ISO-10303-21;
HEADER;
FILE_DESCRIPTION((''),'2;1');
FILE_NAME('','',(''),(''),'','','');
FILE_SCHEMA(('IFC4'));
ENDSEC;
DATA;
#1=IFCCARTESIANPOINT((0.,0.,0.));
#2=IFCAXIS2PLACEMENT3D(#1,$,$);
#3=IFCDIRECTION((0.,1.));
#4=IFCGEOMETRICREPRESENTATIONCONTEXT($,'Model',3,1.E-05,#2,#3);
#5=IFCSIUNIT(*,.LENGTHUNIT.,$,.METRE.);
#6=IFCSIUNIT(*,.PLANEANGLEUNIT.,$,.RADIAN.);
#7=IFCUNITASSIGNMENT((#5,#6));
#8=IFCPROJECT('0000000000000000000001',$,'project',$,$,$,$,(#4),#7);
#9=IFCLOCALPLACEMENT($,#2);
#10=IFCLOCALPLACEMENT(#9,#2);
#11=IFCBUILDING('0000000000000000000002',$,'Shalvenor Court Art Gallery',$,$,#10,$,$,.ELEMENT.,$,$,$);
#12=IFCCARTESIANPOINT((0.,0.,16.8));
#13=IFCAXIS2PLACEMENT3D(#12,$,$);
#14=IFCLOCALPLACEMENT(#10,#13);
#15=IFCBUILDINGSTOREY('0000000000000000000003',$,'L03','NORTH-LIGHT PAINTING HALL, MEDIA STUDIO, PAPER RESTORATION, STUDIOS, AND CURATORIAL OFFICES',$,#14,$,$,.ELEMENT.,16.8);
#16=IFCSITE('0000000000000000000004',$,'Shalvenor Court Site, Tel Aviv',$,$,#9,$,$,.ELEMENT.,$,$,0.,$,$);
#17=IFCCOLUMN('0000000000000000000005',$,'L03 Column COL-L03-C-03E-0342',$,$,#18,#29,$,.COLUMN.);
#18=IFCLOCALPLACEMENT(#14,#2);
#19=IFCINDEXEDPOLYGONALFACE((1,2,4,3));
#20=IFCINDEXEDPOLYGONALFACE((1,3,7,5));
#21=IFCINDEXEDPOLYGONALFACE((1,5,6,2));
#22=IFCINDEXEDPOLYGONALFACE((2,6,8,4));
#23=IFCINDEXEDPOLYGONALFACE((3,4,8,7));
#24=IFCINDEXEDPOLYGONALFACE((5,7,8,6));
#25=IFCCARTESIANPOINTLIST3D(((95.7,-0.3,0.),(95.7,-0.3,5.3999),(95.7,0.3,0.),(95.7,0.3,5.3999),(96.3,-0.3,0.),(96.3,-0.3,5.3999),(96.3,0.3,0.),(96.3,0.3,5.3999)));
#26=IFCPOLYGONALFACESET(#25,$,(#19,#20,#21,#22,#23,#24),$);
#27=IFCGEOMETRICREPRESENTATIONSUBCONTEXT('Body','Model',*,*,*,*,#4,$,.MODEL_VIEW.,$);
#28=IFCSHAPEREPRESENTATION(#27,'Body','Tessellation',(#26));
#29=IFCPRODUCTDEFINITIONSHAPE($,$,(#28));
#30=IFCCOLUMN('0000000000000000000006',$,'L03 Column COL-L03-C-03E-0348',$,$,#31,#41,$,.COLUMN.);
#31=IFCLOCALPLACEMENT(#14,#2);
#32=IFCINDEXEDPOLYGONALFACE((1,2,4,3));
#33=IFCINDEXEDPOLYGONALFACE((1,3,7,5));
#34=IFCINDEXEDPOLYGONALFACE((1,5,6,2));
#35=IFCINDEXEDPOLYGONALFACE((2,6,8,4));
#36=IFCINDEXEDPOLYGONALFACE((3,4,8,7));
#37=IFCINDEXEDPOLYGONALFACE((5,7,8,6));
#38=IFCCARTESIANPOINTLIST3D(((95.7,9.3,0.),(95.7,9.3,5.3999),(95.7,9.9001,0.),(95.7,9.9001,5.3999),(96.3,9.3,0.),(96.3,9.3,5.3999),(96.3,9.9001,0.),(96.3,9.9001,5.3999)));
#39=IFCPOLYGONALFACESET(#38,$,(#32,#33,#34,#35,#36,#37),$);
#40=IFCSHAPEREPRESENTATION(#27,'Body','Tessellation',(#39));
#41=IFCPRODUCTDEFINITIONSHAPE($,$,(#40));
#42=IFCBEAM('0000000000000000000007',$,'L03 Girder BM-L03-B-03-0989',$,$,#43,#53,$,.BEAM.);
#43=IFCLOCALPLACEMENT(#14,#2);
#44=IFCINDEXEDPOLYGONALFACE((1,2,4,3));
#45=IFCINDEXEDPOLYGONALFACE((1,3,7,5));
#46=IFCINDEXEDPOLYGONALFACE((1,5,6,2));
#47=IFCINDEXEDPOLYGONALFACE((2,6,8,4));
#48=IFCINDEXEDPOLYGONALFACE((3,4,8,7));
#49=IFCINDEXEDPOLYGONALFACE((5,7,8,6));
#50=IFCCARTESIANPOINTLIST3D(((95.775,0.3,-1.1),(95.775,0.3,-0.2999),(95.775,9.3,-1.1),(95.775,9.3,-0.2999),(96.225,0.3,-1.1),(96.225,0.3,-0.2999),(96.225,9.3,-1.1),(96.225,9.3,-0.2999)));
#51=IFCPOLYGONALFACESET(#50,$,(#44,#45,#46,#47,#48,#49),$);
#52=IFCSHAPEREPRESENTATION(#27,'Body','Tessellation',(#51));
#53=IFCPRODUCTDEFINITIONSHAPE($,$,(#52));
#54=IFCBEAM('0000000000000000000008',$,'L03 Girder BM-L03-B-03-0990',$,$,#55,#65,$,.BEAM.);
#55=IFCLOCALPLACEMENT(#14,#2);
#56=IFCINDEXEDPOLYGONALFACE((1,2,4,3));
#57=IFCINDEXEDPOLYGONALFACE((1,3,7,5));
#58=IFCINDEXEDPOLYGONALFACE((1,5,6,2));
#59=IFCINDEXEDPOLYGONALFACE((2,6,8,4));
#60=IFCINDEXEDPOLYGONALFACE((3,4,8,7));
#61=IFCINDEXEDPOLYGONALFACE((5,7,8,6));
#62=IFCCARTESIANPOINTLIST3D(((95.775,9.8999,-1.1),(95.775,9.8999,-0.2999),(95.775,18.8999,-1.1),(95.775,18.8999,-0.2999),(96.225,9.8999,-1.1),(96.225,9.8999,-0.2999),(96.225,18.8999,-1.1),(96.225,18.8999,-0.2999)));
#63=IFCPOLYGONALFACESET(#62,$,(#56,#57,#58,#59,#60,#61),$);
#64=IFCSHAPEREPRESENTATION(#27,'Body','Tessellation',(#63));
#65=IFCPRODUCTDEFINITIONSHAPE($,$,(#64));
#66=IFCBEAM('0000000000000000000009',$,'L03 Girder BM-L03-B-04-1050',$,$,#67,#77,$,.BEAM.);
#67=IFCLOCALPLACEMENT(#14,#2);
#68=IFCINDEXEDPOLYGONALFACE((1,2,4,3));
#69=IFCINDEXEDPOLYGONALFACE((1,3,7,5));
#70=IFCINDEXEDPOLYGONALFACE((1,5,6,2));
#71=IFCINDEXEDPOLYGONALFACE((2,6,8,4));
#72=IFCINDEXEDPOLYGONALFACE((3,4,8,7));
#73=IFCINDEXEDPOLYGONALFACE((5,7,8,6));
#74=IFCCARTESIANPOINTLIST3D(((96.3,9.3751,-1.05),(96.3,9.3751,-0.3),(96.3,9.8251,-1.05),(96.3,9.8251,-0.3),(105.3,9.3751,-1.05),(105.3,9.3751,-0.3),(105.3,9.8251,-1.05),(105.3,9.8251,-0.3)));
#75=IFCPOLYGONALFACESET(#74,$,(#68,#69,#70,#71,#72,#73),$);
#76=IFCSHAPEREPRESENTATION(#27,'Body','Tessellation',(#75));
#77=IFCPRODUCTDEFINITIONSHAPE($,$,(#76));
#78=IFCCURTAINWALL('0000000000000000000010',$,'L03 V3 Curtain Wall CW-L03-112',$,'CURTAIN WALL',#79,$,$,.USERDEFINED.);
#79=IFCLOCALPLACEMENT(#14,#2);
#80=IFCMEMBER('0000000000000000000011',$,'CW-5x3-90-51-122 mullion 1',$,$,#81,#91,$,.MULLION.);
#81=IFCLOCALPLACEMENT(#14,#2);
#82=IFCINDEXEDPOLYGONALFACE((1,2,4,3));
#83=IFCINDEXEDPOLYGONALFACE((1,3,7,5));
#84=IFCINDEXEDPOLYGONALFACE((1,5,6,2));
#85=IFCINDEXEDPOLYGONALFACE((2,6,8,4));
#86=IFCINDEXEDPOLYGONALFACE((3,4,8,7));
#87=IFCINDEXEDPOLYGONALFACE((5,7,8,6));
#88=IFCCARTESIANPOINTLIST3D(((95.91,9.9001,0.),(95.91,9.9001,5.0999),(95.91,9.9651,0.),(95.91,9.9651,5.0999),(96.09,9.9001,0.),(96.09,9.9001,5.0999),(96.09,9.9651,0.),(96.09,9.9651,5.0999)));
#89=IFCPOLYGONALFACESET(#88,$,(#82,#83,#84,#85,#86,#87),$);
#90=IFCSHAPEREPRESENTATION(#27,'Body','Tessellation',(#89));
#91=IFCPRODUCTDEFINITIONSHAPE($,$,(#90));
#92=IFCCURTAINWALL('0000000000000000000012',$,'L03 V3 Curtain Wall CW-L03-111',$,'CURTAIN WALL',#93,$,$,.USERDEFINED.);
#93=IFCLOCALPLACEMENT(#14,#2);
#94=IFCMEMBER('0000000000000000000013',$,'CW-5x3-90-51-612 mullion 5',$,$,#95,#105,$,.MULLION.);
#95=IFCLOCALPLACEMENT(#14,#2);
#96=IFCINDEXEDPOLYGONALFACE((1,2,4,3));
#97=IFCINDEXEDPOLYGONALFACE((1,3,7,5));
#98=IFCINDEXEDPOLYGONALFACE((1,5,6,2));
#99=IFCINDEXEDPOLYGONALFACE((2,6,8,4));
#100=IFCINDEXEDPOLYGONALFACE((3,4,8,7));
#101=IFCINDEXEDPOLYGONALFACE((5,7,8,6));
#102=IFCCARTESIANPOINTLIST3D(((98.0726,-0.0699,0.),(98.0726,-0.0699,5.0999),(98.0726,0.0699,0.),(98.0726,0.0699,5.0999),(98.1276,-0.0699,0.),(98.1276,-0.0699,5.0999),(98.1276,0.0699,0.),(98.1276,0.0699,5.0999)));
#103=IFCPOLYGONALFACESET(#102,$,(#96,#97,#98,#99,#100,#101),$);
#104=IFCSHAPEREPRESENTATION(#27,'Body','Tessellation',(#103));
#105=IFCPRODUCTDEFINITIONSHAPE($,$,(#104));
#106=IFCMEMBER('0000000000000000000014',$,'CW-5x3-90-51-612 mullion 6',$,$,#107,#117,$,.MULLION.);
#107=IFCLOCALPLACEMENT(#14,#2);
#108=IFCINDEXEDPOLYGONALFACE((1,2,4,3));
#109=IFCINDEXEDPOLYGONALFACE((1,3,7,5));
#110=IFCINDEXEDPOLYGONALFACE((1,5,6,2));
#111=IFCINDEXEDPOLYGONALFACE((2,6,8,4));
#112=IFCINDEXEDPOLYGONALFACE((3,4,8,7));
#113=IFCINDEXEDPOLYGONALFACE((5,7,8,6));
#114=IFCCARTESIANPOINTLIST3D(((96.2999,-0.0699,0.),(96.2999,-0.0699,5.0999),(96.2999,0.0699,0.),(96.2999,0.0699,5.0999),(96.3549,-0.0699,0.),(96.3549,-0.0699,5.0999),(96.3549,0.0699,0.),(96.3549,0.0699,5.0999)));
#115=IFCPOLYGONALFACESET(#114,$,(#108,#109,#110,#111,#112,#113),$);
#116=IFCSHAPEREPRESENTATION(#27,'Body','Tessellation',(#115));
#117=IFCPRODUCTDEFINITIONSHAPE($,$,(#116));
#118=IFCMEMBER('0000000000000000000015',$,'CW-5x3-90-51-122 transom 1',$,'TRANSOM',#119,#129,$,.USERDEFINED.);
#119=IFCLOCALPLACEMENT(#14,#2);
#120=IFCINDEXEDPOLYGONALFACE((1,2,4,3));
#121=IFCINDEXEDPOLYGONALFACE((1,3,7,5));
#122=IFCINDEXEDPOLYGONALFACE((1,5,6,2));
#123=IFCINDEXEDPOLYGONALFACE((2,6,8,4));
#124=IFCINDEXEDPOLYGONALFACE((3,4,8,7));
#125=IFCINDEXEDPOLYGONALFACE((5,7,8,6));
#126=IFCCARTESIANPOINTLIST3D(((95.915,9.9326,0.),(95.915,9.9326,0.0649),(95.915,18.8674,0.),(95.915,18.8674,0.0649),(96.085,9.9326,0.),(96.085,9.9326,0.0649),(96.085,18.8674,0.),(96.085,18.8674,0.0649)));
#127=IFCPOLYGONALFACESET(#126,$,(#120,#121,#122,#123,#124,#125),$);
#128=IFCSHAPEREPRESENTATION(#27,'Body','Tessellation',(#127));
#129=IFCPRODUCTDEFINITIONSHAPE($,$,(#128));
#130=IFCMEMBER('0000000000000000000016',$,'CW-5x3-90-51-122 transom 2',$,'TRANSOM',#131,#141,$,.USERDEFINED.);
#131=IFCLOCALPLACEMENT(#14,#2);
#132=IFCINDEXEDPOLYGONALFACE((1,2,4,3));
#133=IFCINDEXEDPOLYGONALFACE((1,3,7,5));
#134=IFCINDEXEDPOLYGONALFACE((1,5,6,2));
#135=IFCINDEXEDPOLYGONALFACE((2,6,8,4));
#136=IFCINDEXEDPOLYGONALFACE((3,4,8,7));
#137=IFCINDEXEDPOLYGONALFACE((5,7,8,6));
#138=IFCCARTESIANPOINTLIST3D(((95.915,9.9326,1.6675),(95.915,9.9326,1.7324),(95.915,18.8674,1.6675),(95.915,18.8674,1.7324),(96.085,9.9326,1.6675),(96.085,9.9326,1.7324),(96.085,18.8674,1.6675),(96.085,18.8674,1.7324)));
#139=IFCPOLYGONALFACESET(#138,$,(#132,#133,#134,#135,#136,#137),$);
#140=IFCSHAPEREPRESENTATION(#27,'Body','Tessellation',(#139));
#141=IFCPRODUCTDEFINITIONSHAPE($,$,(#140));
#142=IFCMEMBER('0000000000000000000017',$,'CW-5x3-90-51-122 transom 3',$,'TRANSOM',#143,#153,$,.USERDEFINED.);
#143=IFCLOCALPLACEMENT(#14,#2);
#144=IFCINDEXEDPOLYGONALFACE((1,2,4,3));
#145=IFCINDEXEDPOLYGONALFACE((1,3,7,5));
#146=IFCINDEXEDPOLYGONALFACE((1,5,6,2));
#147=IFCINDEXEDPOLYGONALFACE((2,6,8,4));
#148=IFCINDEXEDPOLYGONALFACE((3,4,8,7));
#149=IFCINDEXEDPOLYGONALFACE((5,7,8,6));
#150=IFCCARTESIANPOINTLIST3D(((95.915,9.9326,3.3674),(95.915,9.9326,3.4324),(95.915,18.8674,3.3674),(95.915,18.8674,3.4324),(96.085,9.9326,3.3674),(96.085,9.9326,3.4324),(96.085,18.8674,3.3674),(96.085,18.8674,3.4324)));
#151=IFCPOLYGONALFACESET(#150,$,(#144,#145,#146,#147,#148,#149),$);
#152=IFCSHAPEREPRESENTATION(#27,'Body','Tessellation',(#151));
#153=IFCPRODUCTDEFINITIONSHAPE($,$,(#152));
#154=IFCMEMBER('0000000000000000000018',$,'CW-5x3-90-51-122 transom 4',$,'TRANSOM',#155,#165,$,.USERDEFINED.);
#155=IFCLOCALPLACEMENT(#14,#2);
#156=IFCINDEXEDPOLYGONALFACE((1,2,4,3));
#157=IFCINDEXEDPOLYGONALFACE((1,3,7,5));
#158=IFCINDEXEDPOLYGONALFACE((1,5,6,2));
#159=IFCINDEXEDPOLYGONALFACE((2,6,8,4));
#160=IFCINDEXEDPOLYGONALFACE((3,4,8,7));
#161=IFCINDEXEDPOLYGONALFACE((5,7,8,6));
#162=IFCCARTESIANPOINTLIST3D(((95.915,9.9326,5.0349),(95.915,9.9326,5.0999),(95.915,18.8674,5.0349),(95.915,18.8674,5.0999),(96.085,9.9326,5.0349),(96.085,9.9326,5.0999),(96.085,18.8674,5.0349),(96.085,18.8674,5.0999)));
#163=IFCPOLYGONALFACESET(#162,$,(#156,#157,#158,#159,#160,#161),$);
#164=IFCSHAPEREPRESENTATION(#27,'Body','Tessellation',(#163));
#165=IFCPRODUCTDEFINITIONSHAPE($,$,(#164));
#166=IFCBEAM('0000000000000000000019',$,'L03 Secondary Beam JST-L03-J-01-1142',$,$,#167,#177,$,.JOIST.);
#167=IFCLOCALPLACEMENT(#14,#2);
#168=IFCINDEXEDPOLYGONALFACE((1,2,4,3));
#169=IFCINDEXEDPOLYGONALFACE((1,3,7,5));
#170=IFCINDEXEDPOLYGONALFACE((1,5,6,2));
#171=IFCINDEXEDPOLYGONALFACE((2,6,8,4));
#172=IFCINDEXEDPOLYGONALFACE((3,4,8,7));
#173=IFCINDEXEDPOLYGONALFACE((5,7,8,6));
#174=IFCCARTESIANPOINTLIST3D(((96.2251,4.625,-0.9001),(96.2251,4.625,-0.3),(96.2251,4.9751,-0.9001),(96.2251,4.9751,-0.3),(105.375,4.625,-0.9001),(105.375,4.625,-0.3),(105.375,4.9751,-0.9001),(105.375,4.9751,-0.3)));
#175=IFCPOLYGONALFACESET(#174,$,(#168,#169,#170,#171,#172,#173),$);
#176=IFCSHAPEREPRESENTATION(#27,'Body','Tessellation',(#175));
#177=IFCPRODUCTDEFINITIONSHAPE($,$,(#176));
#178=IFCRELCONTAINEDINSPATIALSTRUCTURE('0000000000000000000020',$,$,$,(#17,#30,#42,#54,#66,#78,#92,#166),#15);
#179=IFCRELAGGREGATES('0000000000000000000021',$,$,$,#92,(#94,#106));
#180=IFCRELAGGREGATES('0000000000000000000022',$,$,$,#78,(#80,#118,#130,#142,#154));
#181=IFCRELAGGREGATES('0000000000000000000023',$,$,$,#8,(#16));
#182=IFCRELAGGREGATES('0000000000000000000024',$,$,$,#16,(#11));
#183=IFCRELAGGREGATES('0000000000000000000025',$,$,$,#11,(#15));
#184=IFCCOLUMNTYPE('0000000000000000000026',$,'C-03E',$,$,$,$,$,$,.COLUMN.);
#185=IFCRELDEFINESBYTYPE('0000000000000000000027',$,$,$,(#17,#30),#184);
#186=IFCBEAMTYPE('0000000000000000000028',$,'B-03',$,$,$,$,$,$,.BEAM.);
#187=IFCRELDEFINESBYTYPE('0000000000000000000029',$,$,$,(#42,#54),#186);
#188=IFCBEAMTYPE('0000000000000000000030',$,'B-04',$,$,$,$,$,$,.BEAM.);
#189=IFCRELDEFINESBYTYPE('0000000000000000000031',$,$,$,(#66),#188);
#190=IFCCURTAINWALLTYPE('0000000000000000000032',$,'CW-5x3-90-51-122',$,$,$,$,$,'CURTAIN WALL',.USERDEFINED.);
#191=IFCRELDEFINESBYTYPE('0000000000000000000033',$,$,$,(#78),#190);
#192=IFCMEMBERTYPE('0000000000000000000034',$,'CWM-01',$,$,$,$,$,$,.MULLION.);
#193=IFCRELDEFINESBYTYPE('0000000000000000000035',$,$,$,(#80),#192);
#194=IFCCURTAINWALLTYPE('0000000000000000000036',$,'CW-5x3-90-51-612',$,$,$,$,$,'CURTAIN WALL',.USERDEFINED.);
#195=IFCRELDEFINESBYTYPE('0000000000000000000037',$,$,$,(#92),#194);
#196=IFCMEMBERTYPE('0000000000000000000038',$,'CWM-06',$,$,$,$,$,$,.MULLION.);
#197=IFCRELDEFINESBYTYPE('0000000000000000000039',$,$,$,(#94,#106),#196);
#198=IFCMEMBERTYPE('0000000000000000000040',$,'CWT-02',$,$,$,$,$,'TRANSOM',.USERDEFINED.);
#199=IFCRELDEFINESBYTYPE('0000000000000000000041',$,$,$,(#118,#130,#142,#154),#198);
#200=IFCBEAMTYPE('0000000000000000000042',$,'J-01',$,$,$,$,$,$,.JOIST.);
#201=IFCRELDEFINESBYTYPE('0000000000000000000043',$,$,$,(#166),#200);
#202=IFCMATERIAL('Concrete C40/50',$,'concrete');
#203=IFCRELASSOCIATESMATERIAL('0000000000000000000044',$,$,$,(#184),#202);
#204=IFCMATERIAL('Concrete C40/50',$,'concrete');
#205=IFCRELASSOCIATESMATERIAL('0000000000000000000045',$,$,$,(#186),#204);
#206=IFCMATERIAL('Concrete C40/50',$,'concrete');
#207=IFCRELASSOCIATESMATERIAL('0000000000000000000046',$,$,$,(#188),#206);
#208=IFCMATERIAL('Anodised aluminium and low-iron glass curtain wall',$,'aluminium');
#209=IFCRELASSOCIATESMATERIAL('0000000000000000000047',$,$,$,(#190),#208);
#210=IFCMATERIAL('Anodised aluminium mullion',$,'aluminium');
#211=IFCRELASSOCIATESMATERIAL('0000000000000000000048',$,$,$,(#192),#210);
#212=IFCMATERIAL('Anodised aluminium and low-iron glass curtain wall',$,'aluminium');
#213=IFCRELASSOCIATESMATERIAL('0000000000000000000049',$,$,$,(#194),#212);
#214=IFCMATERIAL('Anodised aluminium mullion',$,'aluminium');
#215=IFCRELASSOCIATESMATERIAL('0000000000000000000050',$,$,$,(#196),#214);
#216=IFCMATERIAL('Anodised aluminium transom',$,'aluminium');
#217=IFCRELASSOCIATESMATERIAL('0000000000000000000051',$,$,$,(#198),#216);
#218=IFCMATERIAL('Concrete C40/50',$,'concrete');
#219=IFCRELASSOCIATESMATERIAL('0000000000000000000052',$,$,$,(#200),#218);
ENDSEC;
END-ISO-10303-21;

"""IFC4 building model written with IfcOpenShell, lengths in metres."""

from ifc_helpers import new_model, si_unit, direction, frame, origin, origin_2d, place, context, subcontext, project, spatial, rectangle, extrude, material, material_profile, profile_set, type_object, element, aggregate, save


model = new_model("IFC4")

# Units and contexts
model_context = context("Model", 3, precision=1e-05, world=origin(), true_north=direction((0.0, 1.0)))
body_context = subcontext(model_context, "Body", "Model", "MODEL_VIEW")
ifc_project = project(units=[si_unit("LENGTHUNIT", "METRE"), si_unit("PLANEANGLEUNIT", "RADIAN")], contexts=[model_context])

# Site, building, storey
site_placement = place(None, origin())
site = spatial("IfcSite", under=ifc_project, at=site_placement, Name="Shalvenor Court Site, Tel Aviv", CompositionType="ELEMENT", RefElevation=0.0)
building_placement = place(site_placement, origin())
building = spatial("IfcBuilding", under=site, at=building_placement, Name="Shalvenor Court Art Gallery", CompositionType="ELEMENT")
storey_placement = place(building_placement, frame((0.0, 0.0, 16.8)))
storey = spatial("IfcBuildingStorey", under=building, at=storey_placement, Name="L03", Description="NORTH-LIGHT PAINTING HALL, MEDIA STUDIO, PAPER RESTORATION, STUDIOS, AND CURATORIAL OFFICES", CompositionType="ELEMENT", Elevation=16.8)

# Columns
ifc_material_1 = material(Name="Concrete C40/50", Category="concrete")
ifc_material_profile_1 = material_profile(ifc_material_1, rectangle(XDim=0.6001, YDim=0.6001, at=origin_2d()), Name="RC 600x600")
ifc_profile_set_1 = profile_set([ifc_material_profile_1], Name="Concrete C40/50")
column_type = type_object("IfcColumnType", Name="C-03E", PredefinedType="COLUMN", material=ifc_profile_set_1)
for number, where, z_axis, x_axis, name in (
    (1, (96.0, 0.0, 0.0), (0.0, 0.0, 1.0), (1.0, 0.0, 0.0), "L03 Column COL-L03-C-03E-0342"),
    (2, (96.0, 9.6001, 0.0), (0.0, 0.0, 1.0), (1.0, 0.0, 0.0), "L03 Column COL-L03-C-03E-0348"),
):
    element("IfcColumn", number, at=place(storey_placement, frame(where, z_axis=z_axis, x_axis=x_axis)), inside=storey, type_object=column_type, Name=name, PredefinedType="COLUMN", context=body_context, shape_type="SweptSolid", body=[
        extrude(rectangle(XDim=0.6001, YDim=0.6001, at=origin_2d()), origin(), (0.0, 0.0, 1.0), 5.3999),
    ])

# Beams
ifc_material_2 = material(Name="Concrete C40/50", Category="concrete")
ifc_material_profile_2 = material_profile(ifc_material_2, rectangle(XDim=0.45, YDim=0.8, at=origin_2d()), Name="RC 450x800")
ifc_profile_set_2 = profile_set([ifc_material_profile_2], Name="Concrete C40/50")
beam_type_1 = type_object("IfcBeamType", Name="B-03", PredefinedType="BEAM", material=ifc_profile_set_2)
for number, where, z_axis, x_axis, name in (
    (3, (96.0, 0.3, -0.7), (0.0, 1.0, 0.0), (-1.0, 0.0, 0.0), "L03 Girder BM-L03-B-03-0989"),
    (4, (96.0, 9.8999, -0.7), (0.0, 1.0, 0.0), (-1.0, 0.0, 0.0), "L03 Girder BM-L03-B-03-0990"),
):
    element("IfcBeam", number, at=place(storey_placement, frame(where, z_axis=z_axis, x_axis=x_axis)), inside=storey, type_object=beam_type_1, Name=name, PredefinedType="BEAM", context=body_context, shape_type="SweptSolid", body=[
        extrude(rectangle(XDim=0.45, YDim=0.8, at=origin_2d()), origin(), (0.0, 0.0, 1.0), 9.0),
    ])
ifc_material_3 = material(Name="Concrete C40/50", Category="concrete")
ifc_material_profile_3 = material_profile(ifc_material_3, rectangle(XDim=0.45, YDim=0.75, at=origin_2d()), Name="RC 450x750")
ifc_profile_set_3 = profile_set([ifc_material_profile_3], Name="Concrete C40/50")
beam_type_2 = type_object("IfcBeamType", Name="B-04", PredefinedType="BEAM", material=ifc_profile_set_3)
beam_1_placement = place(storey_placement, frame((96.3, 9.6001, -0.675), z_axis=(1.0, 0.0, 0.0), x_axis=(0.0, 1.0, 0.0)))
element("IfcBeam", 5, at=beam_1_placement, inside=storey, type_object=beam_type_2, Name="L03 Girder BM-L03-B-04-1050", PredefinedType="BEAM", context=body_context, shape_type="SweptSolid", body=[
    extrude(rectangle(XDim=0.45, YDim=0.75, at=origin_2d()), origin(), (0.0, 0.0, 1.0), 9.0),
])

# Curtain wall, member
ifc_material_4 = material(Name="Anodised aluminium and low-iron glass curtain wall", Category="aluminium")
curtain_wall_type_1 = type_object("IfcCurtainWallType", Name="CW-5x3-90-51-122", ElementType="CURTAIN WALL", PredefinedType="USERDEFINED", material=ifc_material_4)
curtain_wall_1_placement = place(storey_placement, origin())
curtain_wall_1 = element("IfcCurtainWall", 6, at=curtain_wall_1_placement, inside=storey, type_object=curtain_wall_type_1, Name="L03 V3 Curtain Wall CW-L03-112", ObjectType="CURTAIN WALL", PredefinedType="USERDEFINED")
ifc_material_5 = material(Name="Anodised aluminium mullion", Category="aluminium")
ifc_material_profile_4 = material_profile(ifc_material_5, rectangle(XDim=0.0649, YDim=0.1799, at=origin_2d()), Name="CWM-01")
ifc_profile_set_4 = profile_set([ifc_material_profile_4], Name="Anodised aluminium mullion")
member_type_1 = type_object("IfcMemberType", Name="CWM-01", PredefinedType="MULLION", material=ifc_profile_set_4)
member_1_placement = place(storey_placement, frame((96.0, 9.9326, 0.0), z_axis=(0.0, 0.0, 1.0), x_axis=(0.0, 1.0, 0.0)))
member_1 = element("IfcMember", 7, at=member_1_placement, type_object=member_type_1, Name="CW-5x3-90-51-122 mullion 1", PredefinedType="MULLION", context=body_context, shape_type="SweptSolid", body=[
    extrude(rectangle(XDim=0.0649, YDim=0.1799, at=origin_2d()), origin(), (0.0, 0.0, 1.0), 5.0999),
])

# Curtain wall, members
ifc_material_6 = material(Name="Anodised aluminium and low-iron glass curtain wall", Category="aluminium")
curtain_wall_type_2 = type_object("IfcCurtainWallType", Name="CW-5x3-90-51-612", ElementType="CURTAIN WALL", PredefinedType="USERDEFINED", material=ifc_material_6)
curtain_wall_2_placement = place(storey_placement, origin())
curtain_wall_2 = element("IfcCurtainWall", 8, at=curtain_wall_2_placement, inside=storey, type_object=curtain_wall_type_2, Name="L03 V3 Curtain Wall CW-L03-111", ObjectType="CURTAIN WALL", PredefinedType="USERDEFINED")
ifc_material_7 = material(Name="Anodised aluminium mullion", Category="aluminium")
ifc_material_profile_5 = material_profile(ifc_material_7, rectangle(XDim=0.0549, YDim=0.1399, at=origin_2d()), Name="CWM-06")
ifc_profile_set_5 = profile_set([ifc_material_profile_5], Name="Anodised aluminium mullion")
member_type_2 = type_object("IfcMemberType", Name="CWM-06", PredefinedType="MULLION", material=ifc_profile_set_5)
member_2_placement = place(storey_placement, frame((98.1001, 0.0, 0.0), z_axis=(0.0, 0.0, 1.0), x_axis=(-1.0, 0.0, 0.0)))
member_2 = element("IfcMember", 9, at=member_2_placement, type_object=member_type_2, Name="CW-5x3-90-51-612 mullion 5", PredefinedType="MULLION", context=body_context, shape_type="SweptSolid", body=[
    extrude(rectangle(XDim=0.0549, YDim=0.1399, at=origin_2d()), origin(), (0.0, 0.0, 1.0), 5.0999),
])
member_3_placement = place(storey_placement, frame((96.3274, 0.0, 0.0), z_axis=(0.0, 0.0, 1.0), x_axis=(-1.0, 0.0, 0.0)))
member_3 = element("IfcMember", 10, at=member_3_placement, type_object=member_type_2, Name="CW-5x3-90-51-612 mullion 6", PredefinedType="MULLION", context=body_context, shape_type="SweptSolid", body=[
    extrude(rectangle(XDim=0.0549, YDim=0.1399, at=origin_2d()), origin(), (0.0, 0.0, 1.0), 5.0999),
])

# Members
ifc_material_8 = material(Name="Anodised aluminium transom", Category="aluminium")
ifc_material_profile_6 = material_profile(ifc_material_8, rectangle(XDim=0.1699, YDim=0.0649, at=origin_2d()), Name="CWT-02")
ifc_profile_set_6 = profile_set([ifc_material_profile_6], Name="Anodised aluminium transom")
member_type_3 = type_object("IfcMemberType", Name="CWT-02", ElementType="TRANSOM", PredefinedType="USERDEFINED", material=ifc_profile_set_6)
member_4_placement = place(storey_placement, frame((96.0, 9.9326, 0.0325), z_axis=(0.0, 1.0, 0.0), x_axis=(-1.0, 0.0, 0.0)))
member_4 = element("IfcMember", 11, at=member_4_placement, type_object=member_type_3, Name="CW-5x3-90-51-122 transom 1", ObjectType="TRANSOM", PredefinedType="USERDEFINED", context=body_context, shape_type="SweptSolid", body=[
    extrude(rectangle(XDim=0.1699, YDim=0.0649, at=origin_2d()), origin(), (0.0, 0.0, 1.0), 8.9348),
])
member_5_placement = place(storey_placement, frame((96.0, 9.9326, 1.7), z_axis=(0.0, 1.0, 0.0), x_axis=(-1.0, 0.0, 0.0)))
member_5 = element("IfcMember", 12, at=member_5_placement, type_object=member_type_3, Name="CW-5x3-90-51-122 transom 2", ObjectType="TRANSOM", PredefinedType="USERDEFINED", context=body_context, shape_type="SweptSolid", body=[
    extrude(rectangle(XDim=0.1699, YDim=0.0649, at=origin_2d()), origin(), (0.0, 0.0, 1.0), 8.9348),
])
member_6_placement = place(storey_placement, frame((96.0, 9.9326, 3.3999), z_axis=(0.0, 1.0, 0.0), x_axis=(-1.0, 0.0, 0.0)))
member_6 = element("IfcMember", 13, at=member_6_placement, type_object=member_type_3, Name="CW-5x3-90-51-122 transom 3", ObjectType="TRANSOM", PredefinedType="USERDEFINED", context=body_context, shape_type="SweptSolid", body=[
    extrude(rectangle(XDim=0.1699, YDim=0.0649, at=origin_2d()), origin(), (0.0, 0.0, 1.0), 8.9348),
])
member_7_placement = place(storey_placement, frame((96.0, 9.9326, 5.0674), z_axis=(0.0, 1.0, 0.0), x_axis=(-1.0, 0.0, 0.0)))
member_7 = element("IfcMember", 14, at=member_7_placement, type_object=member_type_3, Name="CW-5x3-90-51-122 transom 4", ObjectType="TRANSOM", PredefinedType="USERDEFINED", context=body_context, shape_type="SweptSolid", body=[
    extrude(rectangle(XDim=0.1699, YDim=0.0649, at=origin_2d()), origin(), (0.0, 0.0, 1.0), 8.9348),
])

# Beam
ifc_material_9 = material(Name="Concrete C40/50", Category="concrete")
ifc_material_profile_7 = material_profile(ifc_material_9, rectangle(XDim=0.3501, YDim=0.6001, at=origin_2d()), Name="RC 350x600")
ifc_profile_set_7 = profile_set([ifc_material_profile_7], Name="Concrete C40/50")
beam_type_3 = type_object("IfcBeamType", Name="J-01", PredefinedType="JOIST", material=ifc_profile_set_7)
beam_2_placement = place(storey_placement, frame((96.2251, 4.8, -0.6001), z_axis=(1.0, 0.0, 0.0), x_axis=(0.0, 1.0, 0.0)))
element("IfcBeam", 15, at=beam_2_placement, inside=storey, type_object=beam_type_3, Name="L03 Secondary Beam JST-L03-J-01-1142", PredefinedType="JOIST", context=body_context, shape_type="SweptSolid", body=[
    extrude(rectangle(XDim=0.3501, YDim=0.6001, at=origin_2d()), origin(), (0.0, 0.0, 1.0), 9.1499),
])

aggregate(curtain_wall_2, [member_2, member_3])
aggregate(curtain_wall_1, [member_1, member_4, member_5, member_6, member_7])

save(model, "model.ifc")
